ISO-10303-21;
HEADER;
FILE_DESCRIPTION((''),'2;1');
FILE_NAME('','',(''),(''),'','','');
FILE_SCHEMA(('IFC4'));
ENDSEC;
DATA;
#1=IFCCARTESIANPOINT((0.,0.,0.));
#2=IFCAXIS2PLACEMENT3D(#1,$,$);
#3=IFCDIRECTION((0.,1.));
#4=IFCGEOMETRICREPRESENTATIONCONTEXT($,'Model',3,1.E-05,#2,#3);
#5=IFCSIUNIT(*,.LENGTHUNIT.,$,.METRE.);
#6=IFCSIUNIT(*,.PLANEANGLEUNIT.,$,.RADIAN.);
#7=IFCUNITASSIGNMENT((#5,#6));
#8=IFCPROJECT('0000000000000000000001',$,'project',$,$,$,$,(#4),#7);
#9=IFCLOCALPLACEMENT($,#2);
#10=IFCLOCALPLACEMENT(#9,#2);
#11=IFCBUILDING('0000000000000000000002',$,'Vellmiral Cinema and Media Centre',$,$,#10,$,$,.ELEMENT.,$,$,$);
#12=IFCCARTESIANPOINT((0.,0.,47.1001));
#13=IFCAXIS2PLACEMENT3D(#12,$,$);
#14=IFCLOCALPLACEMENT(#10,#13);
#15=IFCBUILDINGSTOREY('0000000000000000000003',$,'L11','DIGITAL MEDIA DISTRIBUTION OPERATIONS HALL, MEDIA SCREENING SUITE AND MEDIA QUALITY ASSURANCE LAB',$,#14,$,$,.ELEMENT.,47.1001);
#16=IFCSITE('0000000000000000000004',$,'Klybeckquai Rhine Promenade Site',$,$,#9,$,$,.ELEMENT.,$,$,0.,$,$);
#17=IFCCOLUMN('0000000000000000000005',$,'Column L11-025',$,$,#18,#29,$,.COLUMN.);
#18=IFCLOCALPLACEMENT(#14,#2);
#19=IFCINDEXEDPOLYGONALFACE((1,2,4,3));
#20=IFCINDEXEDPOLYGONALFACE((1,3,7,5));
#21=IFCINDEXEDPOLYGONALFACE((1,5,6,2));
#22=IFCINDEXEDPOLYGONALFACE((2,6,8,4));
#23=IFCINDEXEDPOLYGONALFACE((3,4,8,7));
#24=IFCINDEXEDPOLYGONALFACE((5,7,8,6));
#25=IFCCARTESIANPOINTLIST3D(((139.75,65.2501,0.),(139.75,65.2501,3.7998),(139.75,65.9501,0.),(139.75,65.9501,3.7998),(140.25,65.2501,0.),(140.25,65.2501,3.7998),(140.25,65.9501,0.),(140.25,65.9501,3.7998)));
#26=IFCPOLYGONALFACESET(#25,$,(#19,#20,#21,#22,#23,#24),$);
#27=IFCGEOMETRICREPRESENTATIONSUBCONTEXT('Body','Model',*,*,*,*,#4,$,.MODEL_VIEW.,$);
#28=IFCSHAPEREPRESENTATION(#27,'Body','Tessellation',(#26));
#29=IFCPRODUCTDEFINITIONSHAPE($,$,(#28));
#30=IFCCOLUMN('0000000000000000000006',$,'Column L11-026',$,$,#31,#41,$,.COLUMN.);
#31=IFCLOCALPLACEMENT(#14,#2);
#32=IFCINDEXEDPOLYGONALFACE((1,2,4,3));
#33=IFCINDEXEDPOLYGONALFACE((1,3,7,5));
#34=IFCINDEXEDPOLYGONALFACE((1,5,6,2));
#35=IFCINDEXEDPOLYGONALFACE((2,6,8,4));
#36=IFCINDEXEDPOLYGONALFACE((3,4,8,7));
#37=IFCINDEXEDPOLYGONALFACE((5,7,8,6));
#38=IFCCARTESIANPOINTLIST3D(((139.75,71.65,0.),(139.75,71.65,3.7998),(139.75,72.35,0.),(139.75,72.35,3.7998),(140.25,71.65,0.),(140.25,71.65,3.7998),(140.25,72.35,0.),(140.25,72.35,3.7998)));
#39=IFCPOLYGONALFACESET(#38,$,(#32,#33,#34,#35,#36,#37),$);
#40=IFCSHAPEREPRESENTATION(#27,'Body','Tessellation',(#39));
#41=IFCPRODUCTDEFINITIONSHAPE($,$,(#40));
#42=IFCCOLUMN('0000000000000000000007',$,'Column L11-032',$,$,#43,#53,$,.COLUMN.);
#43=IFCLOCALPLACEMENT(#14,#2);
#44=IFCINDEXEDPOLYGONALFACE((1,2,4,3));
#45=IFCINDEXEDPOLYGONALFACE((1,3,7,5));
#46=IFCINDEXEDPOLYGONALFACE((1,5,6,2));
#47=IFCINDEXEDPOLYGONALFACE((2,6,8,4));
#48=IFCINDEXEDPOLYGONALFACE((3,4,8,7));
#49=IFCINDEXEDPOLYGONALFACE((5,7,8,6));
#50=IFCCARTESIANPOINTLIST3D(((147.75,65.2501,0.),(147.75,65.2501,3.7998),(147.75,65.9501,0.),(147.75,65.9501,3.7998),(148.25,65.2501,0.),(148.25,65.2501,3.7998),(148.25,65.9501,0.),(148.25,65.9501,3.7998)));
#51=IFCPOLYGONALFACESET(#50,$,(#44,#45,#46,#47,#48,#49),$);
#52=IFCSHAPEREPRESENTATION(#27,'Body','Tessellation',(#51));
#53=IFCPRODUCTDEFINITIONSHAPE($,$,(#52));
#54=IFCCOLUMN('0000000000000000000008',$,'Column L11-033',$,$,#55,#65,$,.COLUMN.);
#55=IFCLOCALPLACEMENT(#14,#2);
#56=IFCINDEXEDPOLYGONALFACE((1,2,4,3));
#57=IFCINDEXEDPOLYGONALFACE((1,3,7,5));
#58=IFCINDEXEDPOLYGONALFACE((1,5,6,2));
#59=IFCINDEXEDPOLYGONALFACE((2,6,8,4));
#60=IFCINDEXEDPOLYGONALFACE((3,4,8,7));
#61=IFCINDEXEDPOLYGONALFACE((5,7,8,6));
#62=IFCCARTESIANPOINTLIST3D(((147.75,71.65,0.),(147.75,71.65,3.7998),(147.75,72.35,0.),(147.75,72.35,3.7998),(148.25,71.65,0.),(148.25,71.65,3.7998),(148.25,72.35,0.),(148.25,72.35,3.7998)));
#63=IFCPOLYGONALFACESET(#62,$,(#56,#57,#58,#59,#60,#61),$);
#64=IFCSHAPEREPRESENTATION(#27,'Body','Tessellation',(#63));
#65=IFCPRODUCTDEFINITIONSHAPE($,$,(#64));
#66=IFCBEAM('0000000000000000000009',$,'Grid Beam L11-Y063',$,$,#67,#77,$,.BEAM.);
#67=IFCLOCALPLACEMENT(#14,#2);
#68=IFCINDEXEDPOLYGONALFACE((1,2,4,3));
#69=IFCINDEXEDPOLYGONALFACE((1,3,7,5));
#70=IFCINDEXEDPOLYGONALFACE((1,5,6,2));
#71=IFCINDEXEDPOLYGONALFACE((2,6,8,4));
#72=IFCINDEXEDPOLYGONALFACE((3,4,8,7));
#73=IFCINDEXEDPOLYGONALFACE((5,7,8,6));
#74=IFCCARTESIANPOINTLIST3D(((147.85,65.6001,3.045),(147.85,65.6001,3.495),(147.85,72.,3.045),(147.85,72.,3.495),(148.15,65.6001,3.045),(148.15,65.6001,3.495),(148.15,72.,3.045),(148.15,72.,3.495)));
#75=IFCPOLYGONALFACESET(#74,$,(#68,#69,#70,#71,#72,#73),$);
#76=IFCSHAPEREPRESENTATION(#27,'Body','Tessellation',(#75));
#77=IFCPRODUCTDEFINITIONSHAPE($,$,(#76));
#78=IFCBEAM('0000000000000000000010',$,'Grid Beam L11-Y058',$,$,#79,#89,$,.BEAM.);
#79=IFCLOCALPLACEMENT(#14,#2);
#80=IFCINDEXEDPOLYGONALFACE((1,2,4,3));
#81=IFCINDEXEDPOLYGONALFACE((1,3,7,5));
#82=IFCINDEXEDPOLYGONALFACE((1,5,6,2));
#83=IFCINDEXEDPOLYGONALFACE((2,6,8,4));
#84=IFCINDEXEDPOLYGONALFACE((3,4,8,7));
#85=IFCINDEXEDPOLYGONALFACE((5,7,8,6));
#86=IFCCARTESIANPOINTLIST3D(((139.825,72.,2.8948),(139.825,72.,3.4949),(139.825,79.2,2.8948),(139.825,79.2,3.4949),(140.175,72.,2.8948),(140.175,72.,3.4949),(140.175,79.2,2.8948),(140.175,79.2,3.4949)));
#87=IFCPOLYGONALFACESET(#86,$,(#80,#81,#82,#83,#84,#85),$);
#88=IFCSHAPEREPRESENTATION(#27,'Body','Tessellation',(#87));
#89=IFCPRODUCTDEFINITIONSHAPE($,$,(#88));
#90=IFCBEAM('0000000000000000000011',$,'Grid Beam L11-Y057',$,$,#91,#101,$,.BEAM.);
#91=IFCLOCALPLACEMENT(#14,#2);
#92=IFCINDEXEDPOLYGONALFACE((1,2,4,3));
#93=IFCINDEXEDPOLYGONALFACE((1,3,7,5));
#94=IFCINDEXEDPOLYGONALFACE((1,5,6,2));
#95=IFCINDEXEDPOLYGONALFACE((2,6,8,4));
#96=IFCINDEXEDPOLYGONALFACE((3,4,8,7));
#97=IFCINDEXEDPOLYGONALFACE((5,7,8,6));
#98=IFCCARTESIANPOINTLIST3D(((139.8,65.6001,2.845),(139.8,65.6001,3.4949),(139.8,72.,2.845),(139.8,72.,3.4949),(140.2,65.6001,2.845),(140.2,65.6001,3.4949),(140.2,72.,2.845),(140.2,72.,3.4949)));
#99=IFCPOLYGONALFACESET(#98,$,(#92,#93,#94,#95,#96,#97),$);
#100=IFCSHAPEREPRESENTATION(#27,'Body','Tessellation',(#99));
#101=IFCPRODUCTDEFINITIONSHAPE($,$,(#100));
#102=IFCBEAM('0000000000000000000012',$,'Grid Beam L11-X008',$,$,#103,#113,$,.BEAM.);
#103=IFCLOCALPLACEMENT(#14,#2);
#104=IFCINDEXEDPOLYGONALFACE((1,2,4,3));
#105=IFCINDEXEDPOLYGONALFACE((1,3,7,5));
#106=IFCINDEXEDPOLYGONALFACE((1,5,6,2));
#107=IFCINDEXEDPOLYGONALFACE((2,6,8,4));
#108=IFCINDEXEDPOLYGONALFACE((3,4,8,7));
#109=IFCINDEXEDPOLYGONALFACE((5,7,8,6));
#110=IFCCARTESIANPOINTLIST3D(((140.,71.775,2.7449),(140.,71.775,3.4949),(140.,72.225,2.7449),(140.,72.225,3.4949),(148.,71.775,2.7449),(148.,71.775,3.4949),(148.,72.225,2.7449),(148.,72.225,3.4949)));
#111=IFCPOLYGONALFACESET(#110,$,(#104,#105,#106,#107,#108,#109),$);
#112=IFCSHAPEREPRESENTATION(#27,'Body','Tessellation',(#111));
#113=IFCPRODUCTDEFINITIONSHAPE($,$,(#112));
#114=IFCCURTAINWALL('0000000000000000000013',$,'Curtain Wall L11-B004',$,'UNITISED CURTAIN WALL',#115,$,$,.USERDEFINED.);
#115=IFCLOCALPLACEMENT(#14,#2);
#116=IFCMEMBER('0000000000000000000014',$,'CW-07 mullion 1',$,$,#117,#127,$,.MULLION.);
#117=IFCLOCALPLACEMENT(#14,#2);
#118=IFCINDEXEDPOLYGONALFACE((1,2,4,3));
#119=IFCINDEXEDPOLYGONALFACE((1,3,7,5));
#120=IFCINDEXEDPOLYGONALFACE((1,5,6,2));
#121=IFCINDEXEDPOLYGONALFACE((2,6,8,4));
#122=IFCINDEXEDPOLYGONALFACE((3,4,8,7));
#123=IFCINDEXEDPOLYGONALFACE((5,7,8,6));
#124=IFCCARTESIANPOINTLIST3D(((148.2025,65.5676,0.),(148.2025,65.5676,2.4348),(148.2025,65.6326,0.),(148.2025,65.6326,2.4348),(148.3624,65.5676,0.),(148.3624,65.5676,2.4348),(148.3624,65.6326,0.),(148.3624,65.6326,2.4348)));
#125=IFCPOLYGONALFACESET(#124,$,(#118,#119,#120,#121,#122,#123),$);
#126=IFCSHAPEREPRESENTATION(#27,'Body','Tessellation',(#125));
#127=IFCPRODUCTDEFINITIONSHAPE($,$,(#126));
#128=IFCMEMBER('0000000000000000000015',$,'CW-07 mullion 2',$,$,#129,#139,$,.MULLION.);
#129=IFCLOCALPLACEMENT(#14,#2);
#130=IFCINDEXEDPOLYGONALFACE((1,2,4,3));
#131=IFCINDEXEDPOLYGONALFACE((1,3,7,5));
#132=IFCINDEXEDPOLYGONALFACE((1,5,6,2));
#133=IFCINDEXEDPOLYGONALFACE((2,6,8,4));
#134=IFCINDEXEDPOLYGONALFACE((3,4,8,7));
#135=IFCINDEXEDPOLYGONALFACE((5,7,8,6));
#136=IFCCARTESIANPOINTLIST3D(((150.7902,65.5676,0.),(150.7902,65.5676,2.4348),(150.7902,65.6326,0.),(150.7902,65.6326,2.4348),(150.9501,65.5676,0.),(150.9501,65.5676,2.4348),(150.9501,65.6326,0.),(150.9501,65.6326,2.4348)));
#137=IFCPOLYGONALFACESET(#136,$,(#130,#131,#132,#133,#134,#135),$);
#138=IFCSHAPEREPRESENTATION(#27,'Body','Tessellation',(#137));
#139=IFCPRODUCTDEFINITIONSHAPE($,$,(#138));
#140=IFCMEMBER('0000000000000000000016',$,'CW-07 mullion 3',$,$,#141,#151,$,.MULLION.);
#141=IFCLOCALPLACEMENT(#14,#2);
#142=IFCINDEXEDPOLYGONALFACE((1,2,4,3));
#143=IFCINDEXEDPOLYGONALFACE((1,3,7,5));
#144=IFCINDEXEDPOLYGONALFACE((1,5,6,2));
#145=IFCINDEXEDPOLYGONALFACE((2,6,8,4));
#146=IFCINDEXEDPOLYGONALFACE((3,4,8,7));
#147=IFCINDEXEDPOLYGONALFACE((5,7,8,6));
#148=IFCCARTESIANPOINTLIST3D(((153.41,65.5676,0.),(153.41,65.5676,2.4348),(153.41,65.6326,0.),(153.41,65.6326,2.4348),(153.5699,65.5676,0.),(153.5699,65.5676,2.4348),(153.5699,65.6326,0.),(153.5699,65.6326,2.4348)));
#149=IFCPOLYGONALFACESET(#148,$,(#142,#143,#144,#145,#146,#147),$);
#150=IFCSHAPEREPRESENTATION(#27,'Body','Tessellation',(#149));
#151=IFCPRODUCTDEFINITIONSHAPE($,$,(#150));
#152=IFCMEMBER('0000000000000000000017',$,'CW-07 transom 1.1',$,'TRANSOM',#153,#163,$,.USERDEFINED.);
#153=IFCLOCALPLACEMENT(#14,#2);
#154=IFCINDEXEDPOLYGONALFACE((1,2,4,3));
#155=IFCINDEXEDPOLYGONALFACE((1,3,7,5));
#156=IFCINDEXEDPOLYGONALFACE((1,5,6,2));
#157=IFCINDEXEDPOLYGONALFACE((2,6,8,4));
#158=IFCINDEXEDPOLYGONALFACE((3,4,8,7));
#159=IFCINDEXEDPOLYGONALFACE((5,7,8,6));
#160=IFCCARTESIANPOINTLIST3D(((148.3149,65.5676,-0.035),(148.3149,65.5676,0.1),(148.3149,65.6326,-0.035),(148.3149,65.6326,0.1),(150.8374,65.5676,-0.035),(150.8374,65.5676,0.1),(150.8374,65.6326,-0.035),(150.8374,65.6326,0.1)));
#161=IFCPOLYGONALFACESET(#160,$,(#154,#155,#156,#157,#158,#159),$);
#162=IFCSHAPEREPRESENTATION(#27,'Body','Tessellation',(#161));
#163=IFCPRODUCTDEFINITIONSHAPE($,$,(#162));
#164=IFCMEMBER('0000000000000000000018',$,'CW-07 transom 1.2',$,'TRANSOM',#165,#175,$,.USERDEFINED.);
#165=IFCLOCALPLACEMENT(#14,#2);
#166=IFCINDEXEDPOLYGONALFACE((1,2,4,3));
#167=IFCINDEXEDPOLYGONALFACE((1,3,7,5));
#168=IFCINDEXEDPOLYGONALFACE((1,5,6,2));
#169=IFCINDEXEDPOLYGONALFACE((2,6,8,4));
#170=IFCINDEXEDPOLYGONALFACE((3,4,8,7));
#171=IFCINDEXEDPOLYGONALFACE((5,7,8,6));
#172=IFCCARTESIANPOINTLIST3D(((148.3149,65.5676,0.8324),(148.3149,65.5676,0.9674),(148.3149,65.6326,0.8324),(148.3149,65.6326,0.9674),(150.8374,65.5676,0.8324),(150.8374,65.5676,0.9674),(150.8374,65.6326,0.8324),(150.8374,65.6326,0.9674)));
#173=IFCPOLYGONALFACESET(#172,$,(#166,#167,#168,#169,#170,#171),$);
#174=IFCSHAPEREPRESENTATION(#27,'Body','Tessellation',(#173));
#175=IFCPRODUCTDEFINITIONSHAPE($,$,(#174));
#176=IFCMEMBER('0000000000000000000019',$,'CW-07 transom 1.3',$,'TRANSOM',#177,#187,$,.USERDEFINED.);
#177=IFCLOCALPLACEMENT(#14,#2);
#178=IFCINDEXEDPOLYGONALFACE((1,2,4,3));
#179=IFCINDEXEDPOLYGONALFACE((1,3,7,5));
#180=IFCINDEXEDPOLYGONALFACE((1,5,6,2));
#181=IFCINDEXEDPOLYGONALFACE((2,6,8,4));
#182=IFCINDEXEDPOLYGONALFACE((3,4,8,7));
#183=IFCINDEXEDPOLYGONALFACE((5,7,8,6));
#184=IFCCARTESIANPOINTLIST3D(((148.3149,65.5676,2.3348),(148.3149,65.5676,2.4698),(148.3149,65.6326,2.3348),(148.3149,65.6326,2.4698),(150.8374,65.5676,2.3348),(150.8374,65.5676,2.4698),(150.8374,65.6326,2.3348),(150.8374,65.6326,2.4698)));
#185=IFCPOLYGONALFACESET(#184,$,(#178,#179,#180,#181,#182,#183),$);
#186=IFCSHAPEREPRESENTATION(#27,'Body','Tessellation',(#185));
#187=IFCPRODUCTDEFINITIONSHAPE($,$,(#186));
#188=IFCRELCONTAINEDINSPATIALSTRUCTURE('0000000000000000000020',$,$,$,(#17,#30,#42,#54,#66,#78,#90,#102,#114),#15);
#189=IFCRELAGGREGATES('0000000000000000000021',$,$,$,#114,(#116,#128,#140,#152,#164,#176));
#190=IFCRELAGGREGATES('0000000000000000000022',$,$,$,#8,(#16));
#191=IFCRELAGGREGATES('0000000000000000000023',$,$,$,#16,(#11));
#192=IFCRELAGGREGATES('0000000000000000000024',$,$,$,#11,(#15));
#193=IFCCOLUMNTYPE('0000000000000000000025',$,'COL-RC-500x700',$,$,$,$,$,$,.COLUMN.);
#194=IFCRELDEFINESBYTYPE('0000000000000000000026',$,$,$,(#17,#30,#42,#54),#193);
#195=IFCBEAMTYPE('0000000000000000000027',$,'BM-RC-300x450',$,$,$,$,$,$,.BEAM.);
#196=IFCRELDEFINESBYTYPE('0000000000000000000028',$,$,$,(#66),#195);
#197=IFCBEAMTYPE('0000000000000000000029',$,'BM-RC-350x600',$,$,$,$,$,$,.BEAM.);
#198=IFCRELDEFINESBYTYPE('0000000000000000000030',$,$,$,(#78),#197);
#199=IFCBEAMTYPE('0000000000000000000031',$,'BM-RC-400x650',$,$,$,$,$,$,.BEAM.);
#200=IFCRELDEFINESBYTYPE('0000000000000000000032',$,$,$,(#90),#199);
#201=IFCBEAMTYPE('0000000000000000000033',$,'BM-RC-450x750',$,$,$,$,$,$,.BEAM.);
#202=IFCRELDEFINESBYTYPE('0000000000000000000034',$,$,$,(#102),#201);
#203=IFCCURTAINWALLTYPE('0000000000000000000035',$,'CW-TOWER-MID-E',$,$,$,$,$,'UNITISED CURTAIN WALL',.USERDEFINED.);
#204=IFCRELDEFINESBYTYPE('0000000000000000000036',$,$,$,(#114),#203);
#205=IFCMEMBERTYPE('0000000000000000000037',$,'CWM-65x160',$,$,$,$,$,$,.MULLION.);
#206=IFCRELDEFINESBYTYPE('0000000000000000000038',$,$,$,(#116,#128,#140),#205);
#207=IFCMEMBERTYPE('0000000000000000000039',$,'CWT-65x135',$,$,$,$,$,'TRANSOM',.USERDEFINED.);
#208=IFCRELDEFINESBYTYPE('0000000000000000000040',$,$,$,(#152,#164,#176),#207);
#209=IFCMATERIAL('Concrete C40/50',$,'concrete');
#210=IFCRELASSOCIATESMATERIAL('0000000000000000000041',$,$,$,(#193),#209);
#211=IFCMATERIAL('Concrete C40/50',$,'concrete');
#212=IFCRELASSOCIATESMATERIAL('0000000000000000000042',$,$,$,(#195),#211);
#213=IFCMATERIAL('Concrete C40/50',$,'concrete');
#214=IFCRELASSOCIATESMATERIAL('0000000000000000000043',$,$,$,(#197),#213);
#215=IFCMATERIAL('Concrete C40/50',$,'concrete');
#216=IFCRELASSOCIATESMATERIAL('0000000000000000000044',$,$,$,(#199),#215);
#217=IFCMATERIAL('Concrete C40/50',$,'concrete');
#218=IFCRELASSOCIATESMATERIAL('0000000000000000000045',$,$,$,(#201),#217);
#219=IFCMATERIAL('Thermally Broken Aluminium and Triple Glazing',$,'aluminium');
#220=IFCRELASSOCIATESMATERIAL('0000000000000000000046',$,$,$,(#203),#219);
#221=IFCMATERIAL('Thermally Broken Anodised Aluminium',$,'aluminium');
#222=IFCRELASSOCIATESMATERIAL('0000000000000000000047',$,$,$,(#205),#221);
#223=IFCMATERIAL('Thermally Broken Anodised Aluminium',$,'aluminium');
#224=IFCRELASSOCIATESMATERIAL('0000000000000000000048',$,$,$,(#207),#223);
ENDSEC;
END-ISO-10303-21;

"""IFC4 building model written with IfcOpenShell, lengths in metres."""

from ifc_helpers import new_model, si_unit, direction, frame, origin, origin_2d, place, context, subcontext, project, spatial, rectangle, extrude, material, material_profile, profile_set, type_object, element, aggregate, save


model = new_model("IFC4")

# Units and contexts
model_context = context("Model", 3, precision=1e-05, world=origin(), true_north=direction((0.0, 1.0)))
body_context = subcontext(model_context, "Body", "Model", "MODEL_VIEW")
ifc_project = project(units=[si_unit("LENGTHUNIT", "METRE"), si_unit("PLANEANGLEUNIT", "RADIAN")], contexts=[model_context])

# Site, building, storey
site_placement = place(None, origin())
site = spatial("IfcSite", under=ifc_project, at=site_placement, Name="Klybeckquai Rhine Promenade Site", CompositionType="ELEMENT", RefElevation=0.0)
building_placement = place(site_placement, origin())
building = spatial("IfcBuilding", under=site, at=building_placement, Name="Vellmiral Cinema and Media Centre", CompositionType="ELEMENT")
storey_placement = place(building_placement, frame((0.0, 0.0, 47.1001)))
storey = spatial("IfcBuildingStorey", under=building, at=storey_placement, Name="L11", Description="DIGITAL MEDIA DISTRIBUTION OPERATIONS HALL, MEDIA SCREENING SUITE AND MEDIA QUALITY ASSURANCE LAB", CompositionType="ELEMENT", Elevation=47.1001)

# Columns
ifc_material_1 = material(Name="Concrete C40/50", Category="concrete")
ifc_material_profile_1 = material_profile(ifc_material_1, rectangle(XDim=0.5, YDim=0.7, at=origin_2d()), Name="RC 500x700")
ifc_profile_set_1 = profile_set([ifc_material_profile_1], Name="Concrete C40/50")
column_type = type_object("IfcColumnType", Name="COL-RC-500x700", PredefinedType="COLUMN", material=ifc_profile_set_1)
for number, where, z_axis, x_axis, name in (
    (1, (140.0, 65.6001, 0.0), (0.0, 0.0, 1.0), (1.0, 0.0, 0.0), "Column L11-025"),
    (2, (140.0, 72.0, 0.0), (0.0, 0.0, 1.0), (1.0, 0.0, 0.0), "Column L11-026"),
    (3, (148.0, 65.6001, 0.0), (0.0, 0.0, 1.0), (1.0, 0.0, 0.0), "Column L11-032"),
    (4, (148.0, 72.0, 0.0), (0.0, 0.0, 1.0), (1.0, 0.0, 0.0), "Column L11-033"),
):
    element("IfcColumn", number, at=place(storey_placement, frame(where, z_axis=z_axis, x_axis=x_axis)), inside=storey, type_object=column_type, Name=name, PredefinedType="COLUMN", context=body_context, shape_type="SweptSolid", body=[
        extrude(rectangle(XDim=0.5, YDim=0.7, at=origin_2d()), origin(), (0.0, 0.0, 1.0), 3.7998),
    ])

# Beams
ifc_material_2 = material(Name="Concrete C40/50", Category="concrete")
ifc_material_profile_2 = material_profile(ifc_material_2, rectangle(XDim=0.3, YDim=0.45, at=origin_2d()), Name="RC 300x450")
ifc_profile_set_2 = profile_set([ifc_material_profile_2], Name="Concrete C40/50")
beam_type_1 = type_object("IfcBeamType", Name="BM-RC-300x450", PredefinedType="BEAM", material=ifc_profile_set_2)
beam_1_placement = place(storey_placement, frame((148.0, 65.6001, 3.27), z_axis=(0.0, 1.0, 0.0), x_axis=(-1.0, 0.0, 0.0)))
element("IfcBeam", 5, at=beam_1_placement, inside=storey, type_object=beam_type_1, Name="Grid Beam L11-Y063", PredefinedType="BEAM", context=body_context, shape_type="SweptSolid", body=[
    extrude(rectangle(XDim=0.3, YDim=0.45, at=origin_2d()), origin(), (0.0, 0.0, 1.0), 6.3999),
])
ifc_material_3 = material(Name="Concrete C40/50", Category="concrete")
ifc_material_profile_3 = material_profile(ifc_material_3, rectangle(XDim=0.3501, YDim=0.6001, at=origin_2d()), Name="RC 350x600")
ifc_profile_set_3 = profile_set([ifc_material_profile_3], Name="Concrete C40/50")
beam_type_2 = type_object("IfcBeamType", Name="BM-RC-350x600", PredefinedType="BEAM", material=ifc_profile_set_3)
beam_2_placement = place(storey_placement, frame((140.0, 72.0, 3.1948), z_axis=(0.0, 1.0, 0.0), x_axis=(-1.0, 0.0, 0.0)))
element("IfcBeam", 6, at=beam_2_placement, inside=storey, type_object=beam_type_2, Name="Grid Beam L11-Y058", PredefinedType="BEAM", context=body_context, shape_type="SweptSolid", body=[
    extrude(rectangle(XDim=0.3501, YDim=0.6001, at=origin_2d()), origin(), (0.0, 0.0, 1.0), 7.2),
])
ifc_material_4 = material(Name="Concrete C40/50", Category="concrete")
ifc_material_profile_4 = material_profile(ifc_material_4, rectangle(XDim=0.3999, YDim=0.6499, at=origin_2d()), Name="RC 400x650")
ifc_profile_set_4 = profile_set([ifc_material_profile_4], Name="Concrete C40/50")
beam_type_3 = type_object("IfcBeamType", Name="BM-RC-400x650", PredefinedType="BEAM", material=ifc_profile_set_4)
beam_3_placement = place(storey_placement, frame((140.0, 65.6001, 3.1699), z_axis=(0.0, 1.0, 0.0), x_axis=(-1.0, 0.0, 0.0)))
element("IfcBeam", 7, at=beam_3_placement, inside=storey, type_object=beam_type_3, Name="Grid Beam L11-Y057", PredefinedType="BEAM", context=body_context, shape_type="SweptSolid", body=[
    extrude(rectangle(XDim=0.3999, YDim=0.6499, at=origin_2d()), origin(), (0.0, 0.0, 1.0), 6.3999),
])
ifc_material_5 = material(Name="Concrete C40/50", Category="concrete")
ifc_material_profile_5 = material_profile(ifc_material_5, rectangle(XDim=0.45, YDim=0.75, at=origin_2d()), Name="RC 450x750")
ifc_profile_set_5 = profile_set([ifc_material_profile_5], Name="Concrete C40/50")
beam_type_4 = type_object("IfcBeamType", Name="BM-RC-450x750", PredefinedType="BEAM", material=ifc_profile_set_5)
beam_4_placement = place(storey_placement, frame((140.0, 72.0, 3.1199), z_axis=(1.0, 0.0, 0.0), x_axis=(0.0, 1.0, 0.0)))
element("IfcBeam", 8, at=beam_4_placement, inside=storey, type_object=beam_type_4, Name="Grid Beam L11-X008", PredefinedType="BEAM", context=body_context, shape_type="SweptSolid", body=[
    extrude(rectangle(XDim=0.45, YDim=0.75, at=origin_2d()), origin(), (0.0, 0.0, 1.0), 8.0),
])

# Curtain wall, members
ifc_material_6 = material(Name="Thermally Broken Aluminium and Triple Glazing", Category="aluminium")
curtain_wall_type = type_object("IfcCurtainWallType", Name="CW-TOWER-MID-E", ElementType="UNITISED CURTAIN WALL", PredefinedType="USERDEFINED", material=ifc_material_6)
curtain_wall_placement = place(storey_placement, origin())
curtain_wall = element("IfcCurtainWall", 9, at=curtain_wall_placement, inside=storey, type_object=curtain_wall_type, Name="Curtain Wall L11-B004", ObjectType="UNITISED CURTAIN WALL", PredefinedType="USERDEFINED")
ifc_material_7 = material(Name="Thermally Broken Anodised Aluminium", Category="aluminium")
ifc_material_profile_6 = material_profile(ifc_material_7, rectangle(XDim=0.0649, YDim=0.1599, at=origin_2d()), Name="MULL 65x160")
ifc_profile_set_6 = profile_set([ifc_material_profile_6], Name="Thermally Broken Anodised Aluminium")
member_type_1 = type_object("IfcMemberType", Name="CWM-65x160", PredefinedType="MULLION", material=ifc_profile_set_6)
member_1_placement = place(storey_placement, frame((148.2825, 65.6001, 0.0), z_axis=(0.0, 0.0, 1.0), x_axis=(0.0, 1.0, 0.0)))
member_1 = element("IfcMember", 10, at=member_1_placement, type_object=member_type_1, Name="CW-07 mullion 1", PredefinedType="MULLION", context=body_context, shape_type="SweptSolid", body=[
    extrude(rectangle(XDim=0.0649, YDim=0.1599, at=origin_2d()), origin(), (0.0, 0.0, 1.0), 2.4348),
])
member_2_placement = place(storey_placement, frame((150.8701, 65.6001, 0.0), z_axis=(0.0, 0.0, 1.0), x_axis=(0.0, 1.0, 0.0)))
member_2 = element("IfcMember", 11, at=member_2_placement, type_object=member_type_1, Name="CW-07 mullion 2", PredefinedType="MULLION", context=body_context, shape_type="SweptSolid", body=[
    extrude(rectangle(XDim=0.0649, YDim=0.1599, at=origin_2d()), origin(), (0.0, 0.0, 1.0), 2.4348),
])
member_3_placement = place(storey_placement, frame((153.49, 65.6001, 0.0), z_axis=(0.0, 0.0, 1.0), x_axis=(0.0, 1.0, 0.0)))
member_3 = element("IfcMember", 12, at=member_3_placement, type_object=member_type_1, Name="CW-07 mullion 3", PredefinedType="MULLION", context=body_context, shape_type="SweptSolid", body=[
    extrude(rectangle(XDim=0.0649, YDim=0.1599, at=origin_2d()), origin(), (0.0, 0.0, 1.0), 2.4348),
])
ifc_material_8 = material(Name="Thermally Broken Anodised Aluminium", Category="aluminium")
ifc_material_profile_7 = material_profile(ifc_material_8, rectangle(XDim=0.0649, YDim=0.135, at=origin_2d()), Name="MULL 65x135")
ifc_profile_set_7 = profile_set([ifc_material_profile_7], Name="Thermally Broken Anodised Aluminium")
member_type_2 = type_object("IfcMemberType", Name="CWT-65x135", ElementType="TRANSOM", PredefinedType="USERDEFINED", material=ifc_profile_set_7)
member_4_placement = place(storey_placement, frame((148.3149, 65.6001, 0.0325), z_axis=(1.0, 0.0, 0.0), x_axis=(0.0, 1.0, 0.0)))
member_4 = element("IfcMember", 13, at=member_4_placement, type_object=member_type_2, Name="CW-07 transom 1.1", ObjectType="TRANSOM", PredefinedType="USERDEFINED", context=body_context, shape_type="SweptSolid", body=[
    extrude(rectangle(XDim=0.0649, YDim=0.135, at=origin_2d()), origin(), (0.0, 0.0, 1.0), 2.5225),
])
member_5_placement = place(storey_placement, frame((148.3149, 65.6001, 0.8999), z_axis=(1.0, 0.0, 0.0), x_axis=(0.0, 1.0, 0.0)))
member_5 = element("IfcMember", 14, at=member_5_placement, type_object=member_type_2, Name="CW-07 transom 1.2", ObjectType="TRANSOM", PredefinedType="USERDEFINED", context=body_context, shape_type="SweptSolid", body=[
    extrude(rectangle(XDim=0.0649, YDim=0.135, at=origin_2d()), origin(), (0.0, 0.0, 1.0), 2.5225),
])
member_6_placement = place(storey_placement, frame((148.3149, 65.6001, 2.4023), z_axis=(1.0, 0.0, 0.0), x_axis=(0.0, 1.0, 0.0)))
member_6 = element("IfcMember", 15, at=member_6_placement, type_object=member_type_2, Name="CW-07 transom 1.3", ObjectType="TRANSOM", PredefinedType="USERDEFINED", context=body_context, shape_type="SweptSolid", body=[
    extrude(rectangle(XDim=0.0649, YDim=0.135, at=origin_2d()), origin(), (0.0, 0.0, 1.0), 2.5225),
])

aggregate(curtain_wall, [member_1, member_2, member_3, member_4, member_5, member_6])

save(model, "model.ifc")
